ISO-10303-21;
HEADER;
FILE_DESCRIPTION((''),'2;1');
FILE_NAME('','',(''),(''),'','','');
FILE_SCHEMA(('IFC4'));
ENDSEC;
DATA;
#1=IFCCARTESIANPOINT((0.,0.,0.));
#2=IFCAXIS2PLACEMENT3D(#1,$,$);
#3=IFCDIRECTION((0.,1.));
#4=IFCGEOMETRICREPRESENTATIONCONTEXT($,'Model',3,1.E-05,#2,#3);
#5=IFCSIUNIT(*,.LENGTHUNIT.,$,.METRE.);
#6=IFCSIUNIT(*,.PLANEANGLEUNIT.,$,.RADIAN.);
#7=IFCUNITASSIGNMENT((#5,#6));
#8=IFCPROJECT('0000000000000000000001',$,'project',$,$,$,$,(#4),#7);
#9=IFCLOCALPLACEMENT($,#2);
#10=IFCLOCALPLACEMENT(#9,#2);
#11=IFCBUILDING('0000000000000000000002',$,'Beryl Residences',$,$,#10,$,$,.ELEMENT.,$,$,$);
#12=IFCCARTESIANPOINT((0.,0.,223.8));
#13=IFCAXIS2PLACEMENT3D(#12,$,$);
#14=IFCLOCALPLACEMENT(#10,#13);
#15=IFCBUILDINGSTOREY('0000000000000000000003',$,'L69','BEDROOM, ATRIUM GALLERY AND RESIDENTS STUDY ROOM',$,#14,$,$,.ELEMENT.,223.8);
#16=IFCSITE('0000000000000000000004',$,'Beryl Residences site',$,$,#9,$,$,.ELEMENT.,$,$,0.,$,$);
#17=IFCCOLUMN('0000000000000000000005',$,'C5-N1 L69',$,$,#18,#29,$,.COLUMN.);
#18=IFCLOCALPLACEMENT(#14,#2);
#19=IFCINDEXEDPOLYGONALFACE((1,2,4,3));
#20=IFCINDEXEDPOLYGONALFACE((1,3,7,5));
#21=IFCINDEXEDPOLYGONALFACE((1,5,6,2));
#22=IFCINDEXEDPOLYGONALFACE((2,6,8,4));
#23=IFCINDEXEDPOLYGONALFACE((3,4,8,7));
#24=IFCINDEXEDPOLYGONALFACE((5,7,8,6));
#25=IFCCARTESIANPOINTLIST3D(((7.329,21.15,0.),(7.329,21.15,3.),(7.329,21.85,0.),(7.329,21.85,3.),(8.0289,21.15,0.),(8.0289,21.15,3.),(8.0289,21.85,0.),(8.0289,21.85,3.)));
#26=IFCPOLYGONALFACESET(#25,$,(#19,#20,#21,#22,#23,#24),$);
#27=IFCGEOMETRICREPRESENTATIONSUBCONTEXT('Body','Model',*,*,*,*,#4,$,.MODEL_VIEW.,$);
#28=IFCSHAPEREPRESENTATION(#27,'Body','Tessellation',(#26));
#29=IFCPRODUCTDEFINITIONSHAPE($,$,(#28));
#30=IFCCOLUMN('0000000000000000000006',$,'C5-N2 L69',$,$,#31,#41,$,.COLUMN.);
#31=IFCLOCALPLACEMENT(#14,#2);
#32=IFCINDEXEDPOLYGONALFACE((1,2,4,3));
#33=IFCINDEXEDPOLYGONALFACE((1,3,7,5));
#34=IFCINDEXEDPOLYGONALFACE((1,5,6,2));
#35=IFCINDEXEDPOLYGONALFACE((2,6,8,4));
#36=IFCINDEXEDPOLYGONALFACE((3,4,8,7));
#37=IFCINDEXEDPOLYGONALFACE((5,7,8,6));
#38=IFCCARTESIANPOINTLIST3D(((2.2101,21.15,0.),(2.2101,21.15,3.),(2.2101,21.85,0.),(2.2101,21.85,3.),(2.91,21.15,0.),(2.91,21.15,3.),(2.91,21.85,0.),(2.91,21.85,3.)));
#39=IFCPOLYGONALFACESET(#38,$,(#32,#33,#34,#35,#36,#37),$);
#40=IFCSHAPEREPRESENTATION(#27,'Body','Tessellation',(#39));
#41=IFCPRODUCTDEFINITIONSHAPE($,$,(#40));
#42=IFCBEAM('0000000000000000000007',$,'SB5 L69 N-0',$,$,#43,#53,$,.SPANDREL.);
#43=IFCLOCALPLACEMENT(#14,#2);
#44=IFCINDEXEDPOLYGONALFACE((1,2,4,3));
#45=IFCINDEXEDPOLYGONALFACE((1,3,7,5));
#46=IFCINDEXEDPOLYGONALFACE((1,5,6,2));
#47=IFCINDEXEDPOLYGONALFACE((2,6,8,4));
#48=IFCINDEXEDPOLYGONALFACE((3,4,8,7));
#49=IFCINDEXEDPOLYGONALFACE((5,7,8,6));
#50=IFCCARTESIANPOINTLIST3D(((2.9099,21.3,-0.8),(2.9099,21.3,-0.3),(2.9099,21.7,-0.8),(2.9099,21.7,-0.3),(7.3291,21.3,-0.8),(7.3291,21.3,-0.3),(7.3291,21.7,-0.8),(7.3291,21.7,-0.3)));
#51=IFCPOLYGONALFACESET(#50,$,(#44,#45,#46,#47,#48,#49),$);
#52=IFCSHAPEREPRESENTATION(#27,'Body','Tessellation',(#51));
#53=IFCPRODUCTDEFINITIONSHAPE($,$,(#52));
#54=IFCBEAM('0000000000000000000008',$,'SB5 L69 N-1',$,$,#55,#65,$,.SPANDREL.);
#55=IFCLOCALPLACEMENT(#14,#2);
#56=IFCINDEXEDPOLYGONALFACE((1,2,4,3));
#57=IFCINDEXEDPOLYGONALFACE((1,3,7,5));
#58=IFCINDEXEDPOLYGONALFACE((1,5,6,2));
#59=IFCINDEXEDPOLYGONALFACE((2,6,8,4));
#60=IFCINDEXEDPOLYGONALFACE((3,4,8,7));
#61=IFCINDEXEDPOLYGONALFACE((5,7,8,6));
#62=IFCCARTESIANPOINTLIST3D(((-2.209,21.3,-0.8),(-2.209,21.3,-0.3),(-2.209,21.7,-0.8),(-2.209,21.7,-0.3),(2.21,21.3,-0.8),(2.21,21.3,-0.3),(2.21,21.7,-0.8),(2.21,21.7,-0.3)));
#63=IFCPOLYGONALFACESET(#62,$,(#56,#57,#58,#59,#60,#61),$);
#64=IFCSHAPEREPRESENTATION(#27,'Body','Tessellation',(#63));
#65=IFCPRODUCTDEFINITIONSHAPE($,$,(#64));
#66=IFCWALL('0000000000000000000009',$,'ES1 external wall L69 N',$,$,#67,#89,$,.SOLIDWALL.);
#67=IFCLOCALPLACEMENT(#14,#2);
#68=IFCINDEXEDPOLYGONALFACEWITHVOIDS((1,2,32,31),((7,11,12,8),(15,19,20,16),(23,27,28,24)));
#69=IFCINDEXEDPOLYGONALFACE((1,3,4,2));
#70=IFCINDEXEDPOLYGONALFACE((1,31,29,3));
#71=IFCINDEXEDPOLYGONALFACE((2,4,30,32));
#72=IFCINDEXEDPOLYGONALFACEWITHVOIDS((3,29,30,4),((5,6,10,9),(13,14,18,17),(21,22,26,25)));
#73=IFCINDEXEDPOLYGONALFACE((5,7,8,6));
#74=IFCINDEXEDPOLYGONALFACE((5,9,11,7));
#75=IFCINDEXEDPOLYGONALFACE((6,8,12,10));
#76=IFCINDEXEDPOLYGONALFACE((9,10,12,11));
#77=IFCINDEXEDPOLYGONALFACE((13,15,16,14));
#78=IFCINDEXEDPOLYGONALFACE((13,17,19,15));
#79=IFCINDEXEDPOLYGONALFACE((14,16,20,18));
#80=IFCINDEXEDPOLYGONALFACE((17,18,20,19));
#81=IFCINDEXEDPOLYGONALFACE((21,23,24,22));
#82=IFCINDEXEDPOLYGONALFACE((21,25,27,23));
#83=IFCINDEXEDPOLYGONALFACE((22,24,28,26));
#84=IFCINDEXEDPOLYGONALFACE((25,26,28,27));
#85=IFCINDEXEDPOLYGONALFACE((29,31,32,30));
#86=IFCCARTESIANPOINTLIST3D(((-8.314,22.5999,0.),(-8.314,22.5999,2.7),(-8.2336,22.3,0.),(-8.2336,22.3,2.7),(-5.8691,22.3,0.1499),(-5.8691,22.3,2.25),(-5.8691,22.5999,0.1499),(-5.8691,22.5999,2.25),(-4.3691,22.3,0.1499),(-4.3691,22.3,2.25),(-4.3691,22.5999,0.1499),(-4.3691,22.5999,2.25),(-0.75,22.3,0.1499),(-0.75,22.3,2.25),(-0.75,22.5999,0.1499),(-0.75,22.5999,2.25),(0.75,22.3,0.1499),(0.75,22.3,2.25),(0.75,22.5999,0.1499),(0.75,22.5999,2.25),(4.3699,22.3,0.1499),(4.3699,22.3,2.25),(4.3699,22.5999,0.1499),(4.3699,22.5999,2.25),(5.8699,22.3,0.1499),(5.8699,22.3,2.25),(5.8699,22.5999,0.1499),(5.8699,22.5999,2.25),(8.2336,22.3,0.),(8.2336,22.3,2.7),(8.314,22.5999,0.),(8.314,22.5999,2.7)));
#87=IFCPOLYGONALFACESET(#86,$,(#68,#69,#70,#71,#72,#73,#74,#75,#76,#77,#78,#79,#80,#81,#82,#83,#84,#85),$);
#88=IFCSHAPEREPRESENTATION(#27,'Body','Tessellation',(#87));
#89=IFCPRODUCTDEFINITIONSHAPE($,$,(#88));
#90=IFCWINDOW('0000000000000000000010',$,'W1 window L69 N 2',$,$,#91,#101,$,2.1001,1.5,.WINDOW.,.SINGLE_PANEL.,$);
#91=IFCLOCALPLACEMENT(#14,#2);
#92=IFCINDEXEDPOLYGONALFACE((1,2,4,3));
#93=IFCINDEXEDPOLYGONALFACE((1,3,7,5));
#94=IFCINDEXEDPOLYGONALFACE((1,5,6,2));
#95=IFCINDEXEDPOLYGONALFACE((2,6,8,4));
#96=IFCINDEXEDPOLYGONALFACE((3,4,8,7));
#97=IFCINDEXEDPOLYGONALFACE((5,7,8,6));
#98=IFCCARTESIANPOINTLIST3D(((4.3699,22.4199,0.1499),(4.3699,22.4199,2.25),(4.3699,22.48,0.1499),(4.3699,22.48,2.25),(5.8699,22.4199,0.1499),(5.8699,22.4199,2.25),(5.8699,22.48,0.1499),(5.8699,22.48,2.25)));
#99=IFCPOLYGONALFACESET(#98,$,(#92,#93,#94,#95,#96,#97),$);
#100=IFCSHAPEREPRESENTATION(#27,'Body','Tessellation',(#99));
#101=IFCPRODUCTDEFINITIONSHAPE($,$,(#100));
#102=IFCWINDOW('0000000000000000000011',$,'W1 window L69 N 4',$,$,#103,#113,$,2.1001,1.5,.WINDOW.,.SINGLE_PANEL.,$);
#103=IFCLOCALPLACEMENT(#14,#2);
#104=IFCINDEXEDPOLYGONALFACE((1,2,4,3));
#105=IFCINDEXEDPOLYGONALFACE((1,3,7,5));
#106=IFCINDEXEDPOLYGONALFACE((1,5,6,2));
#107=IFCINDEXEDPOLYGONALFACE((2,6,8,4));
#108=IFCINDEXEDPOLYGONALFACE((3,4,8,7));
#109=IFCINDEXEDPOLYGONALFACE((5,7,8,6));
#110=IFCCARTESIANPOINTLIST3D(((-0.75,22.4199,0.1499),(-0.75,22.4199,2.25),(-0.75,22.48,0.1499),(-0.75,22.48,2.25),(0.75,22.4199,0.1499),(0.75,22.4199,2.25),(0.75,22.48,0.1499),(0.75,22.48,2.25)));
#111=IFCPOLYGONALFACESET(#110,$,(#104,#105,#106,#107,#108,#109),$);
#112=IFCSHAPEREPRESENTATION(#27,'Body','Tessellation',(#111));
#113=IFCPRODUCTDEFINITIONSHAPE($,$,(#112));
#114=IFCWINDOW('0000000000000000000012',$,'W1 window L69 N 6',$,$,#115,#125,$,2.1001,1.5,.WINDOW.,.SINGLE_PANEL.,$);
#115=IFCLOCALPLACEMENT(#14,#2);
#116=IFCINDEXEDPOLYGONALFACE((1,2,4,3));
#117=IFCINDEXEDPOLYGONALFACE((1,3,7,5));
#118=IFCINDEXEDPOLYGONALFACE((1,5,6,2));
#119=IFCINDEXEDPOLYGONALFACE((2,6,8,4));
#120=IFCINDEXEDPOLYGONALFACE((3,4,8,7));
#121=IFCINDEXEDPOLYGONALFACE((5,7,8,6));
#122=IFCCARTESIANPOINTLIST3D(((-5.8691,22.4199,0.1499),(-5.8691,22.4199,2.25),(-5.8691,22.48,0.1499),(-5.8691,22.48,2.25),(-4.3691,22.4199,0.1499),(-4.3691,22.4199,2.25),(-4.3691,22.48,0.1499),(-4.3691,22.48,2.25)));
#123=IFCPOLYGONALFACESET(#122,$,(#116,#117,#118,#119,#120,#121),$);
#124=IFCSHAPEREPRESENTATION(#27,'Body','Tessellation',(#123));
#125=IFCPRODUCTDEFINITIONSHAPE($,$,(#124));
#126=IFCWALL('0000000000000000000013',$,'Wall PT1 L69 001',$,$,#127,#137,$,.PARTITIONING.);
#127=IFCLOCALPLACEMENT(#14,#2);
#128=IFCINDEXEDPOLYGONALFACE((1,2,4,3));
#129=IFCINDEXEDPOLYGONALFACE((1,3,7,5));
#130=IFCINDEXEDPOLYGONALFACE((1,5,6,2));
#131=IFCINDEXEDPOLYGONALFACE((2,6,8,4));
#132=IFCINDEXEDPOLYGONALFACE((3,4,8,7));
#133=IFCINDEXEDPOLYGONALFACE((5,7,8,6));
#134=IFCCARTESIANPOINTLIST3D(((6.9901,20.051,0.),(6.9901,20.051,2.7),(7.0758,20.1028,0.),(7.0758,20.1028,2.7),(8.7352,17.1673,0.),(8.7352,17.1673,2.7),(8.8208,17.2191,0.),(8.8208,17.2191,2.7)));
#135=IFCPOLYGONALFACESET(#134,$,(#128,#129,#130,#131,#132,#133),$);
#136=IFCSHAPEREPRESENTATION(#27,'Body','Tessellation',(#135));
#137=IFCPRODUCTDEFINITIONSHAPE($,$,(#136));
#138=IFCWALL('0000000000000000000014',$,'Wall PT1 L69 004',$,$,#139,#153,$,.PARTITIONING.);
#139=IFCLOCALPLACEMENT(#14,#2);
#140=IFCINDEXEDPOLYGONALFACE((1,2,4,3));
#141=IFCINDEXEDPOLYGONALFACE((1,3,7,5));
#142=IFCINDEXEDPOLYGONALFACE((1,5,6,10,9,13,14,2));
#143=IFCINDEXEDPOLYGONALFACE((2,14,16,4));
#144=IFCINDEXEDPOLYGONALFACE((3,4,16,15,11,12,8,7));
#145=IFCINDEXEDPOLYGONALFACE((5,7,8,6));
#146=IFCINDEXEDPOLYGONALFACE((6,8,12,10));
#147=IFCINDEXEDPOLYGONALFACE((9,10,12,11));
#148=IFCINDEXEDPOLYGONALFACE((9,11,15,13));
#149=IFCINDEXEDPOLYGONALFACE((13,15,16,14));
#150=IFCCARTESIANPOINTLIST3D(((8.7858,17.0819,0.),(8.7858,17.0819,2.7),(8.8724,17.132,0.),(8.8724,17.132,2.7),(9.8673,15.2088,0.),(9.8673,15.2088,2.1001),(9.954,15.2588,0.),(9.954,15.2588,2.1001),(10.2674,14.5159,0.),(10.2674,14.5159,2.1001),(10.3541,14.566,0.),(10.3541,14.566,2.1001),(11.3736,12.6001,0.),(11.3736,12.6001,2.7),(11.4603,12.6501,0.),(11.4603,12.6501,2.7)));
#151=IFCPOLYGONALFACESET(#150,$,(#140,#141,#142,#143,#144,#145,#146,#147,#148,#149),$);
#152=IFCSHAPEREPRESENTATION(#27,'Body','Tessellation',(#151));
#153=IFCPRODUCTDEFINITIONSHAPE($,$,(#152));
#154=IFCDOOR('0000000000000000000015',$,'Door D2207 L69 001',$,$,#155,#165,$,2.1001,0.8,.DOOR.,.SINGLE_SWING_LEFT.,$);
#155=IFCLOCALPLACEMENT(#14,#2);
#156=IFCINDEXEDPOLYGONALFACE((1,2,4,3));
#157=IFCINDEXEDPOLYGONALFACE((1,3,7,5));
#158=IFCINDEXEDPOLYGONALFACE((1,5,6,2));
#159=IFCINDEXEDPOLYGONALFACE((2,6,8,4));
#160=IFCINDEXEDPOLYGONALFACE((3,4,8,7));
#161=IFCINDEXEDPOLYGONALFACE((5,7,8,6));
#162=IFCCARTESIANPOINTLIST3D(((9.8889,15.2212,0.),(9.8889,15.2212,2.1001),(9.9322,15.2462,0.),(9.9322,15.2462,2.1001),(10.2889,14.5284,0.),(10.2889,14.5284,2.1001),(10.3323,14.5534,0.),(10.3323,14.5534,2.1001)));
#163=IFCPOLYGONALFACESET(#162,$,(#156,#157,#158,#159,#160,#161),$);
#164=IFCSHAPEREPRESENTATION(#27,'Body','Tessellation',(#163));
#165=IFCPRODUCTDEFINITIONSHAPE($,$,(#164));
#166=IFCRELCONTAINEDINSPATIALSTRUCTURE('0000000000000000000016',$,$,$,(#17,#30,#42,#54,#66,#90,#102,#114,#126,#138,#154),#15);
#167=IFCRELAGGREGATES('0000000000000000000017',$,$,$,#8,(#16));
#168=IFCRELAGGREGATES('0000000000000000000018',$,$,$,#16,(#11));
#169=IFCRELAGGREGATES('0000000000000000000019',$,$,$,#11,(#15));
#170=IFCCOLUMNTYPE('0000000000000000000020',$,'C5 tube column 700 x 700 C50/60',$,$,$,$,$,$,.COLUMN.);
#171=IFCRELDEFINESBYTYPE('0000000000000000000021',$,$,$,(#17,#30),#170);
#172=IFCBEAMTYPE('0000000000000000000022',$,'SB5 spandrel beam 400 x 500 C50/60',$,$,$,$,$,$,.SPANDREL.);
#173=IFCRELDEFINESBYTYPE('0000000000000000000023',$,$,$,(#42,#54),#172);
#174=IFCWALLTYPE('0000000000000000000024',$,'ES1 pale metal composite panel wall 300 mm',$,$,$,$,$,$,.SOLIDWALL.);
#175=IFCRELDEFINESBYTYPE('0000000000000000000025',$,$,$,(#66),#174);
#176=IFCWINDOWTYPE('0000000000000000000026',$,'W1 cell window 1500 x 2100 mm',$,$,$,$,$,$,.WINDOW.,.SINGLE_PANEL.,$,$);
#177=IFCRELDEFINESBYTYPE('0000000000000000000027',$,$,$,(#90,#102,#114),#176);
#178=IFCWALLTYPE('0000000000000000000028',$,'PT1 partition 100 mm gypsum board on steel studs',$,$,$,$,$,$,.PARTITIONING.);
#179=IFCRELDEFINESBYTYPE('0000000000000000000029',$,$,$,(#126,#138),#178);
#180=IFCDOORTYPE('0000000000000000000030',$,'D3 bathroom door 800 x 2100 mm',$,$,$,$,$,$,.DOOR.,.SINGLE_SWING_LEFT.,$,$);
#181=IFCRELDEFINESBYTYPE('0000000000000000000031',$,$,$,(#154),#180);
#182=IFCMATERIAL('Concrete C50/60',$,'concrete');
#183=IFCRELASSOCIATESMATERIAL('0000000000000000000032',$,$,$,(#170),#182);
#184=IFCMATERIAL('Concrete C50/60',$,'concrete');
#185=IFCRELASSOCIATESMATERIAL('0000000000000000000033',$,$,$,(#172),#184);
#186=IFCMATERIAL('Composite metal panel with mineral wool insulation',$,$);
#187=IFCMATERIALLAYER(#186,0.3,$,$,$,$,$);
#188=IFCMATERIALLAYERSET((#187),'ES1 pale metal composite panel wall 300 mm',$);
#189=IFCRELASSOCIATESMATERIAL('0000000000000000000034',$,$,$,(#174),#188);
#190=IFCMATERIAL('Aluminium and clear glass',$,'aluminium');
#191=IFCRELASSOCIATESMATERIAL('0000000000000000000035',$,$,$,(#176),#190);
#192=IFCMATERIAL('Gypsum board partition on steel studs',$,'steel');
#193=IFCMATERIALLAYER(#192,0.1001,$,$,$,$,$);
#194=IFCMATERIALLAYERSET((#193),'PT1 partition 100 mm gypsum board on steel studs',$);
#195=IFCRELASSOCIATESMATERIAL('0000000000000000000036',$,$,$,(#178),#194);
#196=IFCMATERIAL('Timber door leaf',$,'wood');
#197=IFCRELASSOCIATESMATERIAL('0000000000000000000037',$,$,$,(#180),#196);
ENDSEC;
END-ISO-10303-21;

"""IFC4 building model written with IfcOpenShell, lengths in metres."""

from ifc_helpers import new_model, si_unit, direction, frame, frame_2d, origin, origin_2d, place, context, subcontext, project, spatial, polyline, rectangle, outline, extrude, material, layer, layer_set, material_profile, profile_set, type_object, element, fill, save


model = new_model("IFC4")

# Units and contexts
model_context = context("Model", 3, precision=1e-05, world=origin(), true_north=direction((0.0, 1.0)))
body_context = subcontext(model_context, "Body", "Model", "MODEL_VIEW")
ifc_project = project(units=[si_unit("LENGTHUNIT", "METRE"), si_unit("PLANEANGLEUNIT", "RADIAN")], contexts=[model_context])

# Site, building, storey
site_placement = place(None, origin())
site = spatial("IfcSite", under=ifc_project, at=site_placement, Name="Beryl Residences site", CompositionType="ELEMENT", RefElevation=0.0)
building_placement = place(site_placement, origin())
building = spatial("IfcBuilding", under=site, at=building_placement, Name="Beryl Residences", CompositionType="ELEMENT")
storey_placement = place(building_placement, frame((0.0, 0.0, 223.8)))
storey = spatial("IfcBuildingStorey", under=building, at=storey_placement, Name="L69", Description="BEDROOM, ATRIUM GALLERY AND RESIDENTS STUDY ROOM", CompositionType="ELEMENT", Elevation=223.8)

# Columns
ifc_material_1 = material(Name="Concrete C50/60", Category="concrete")
ifc_material_profile_1 = material_profile(ifc_material_1, rectangle(XDim=0.7, YDim=0.7, at=origin_2d()))
ifc_profile_set_1 = profile_set([ifc_material_profile_1], Name="Concrete C50/60")
column_type = type_object("IfcColumnType", Name="C5 tube column 700 x 700 C50/60", PredefinedType="COLUMN", material=ifc_profile_set_1)
for number, where, z_axis, x_axis, name in (
    (1, (7.679, 21.5, 0.0), (0.0, 0.0, 1.0), (-1.0, 0.0, 0.0), "C5-N1 L69"),
    (2, (2.5601, 21.5, 0.0), (0.0, 0.0, 1.0), (-1.0, 0.0, 0.0), "C5-N2 L69"),
):
    element("IfcColumn", number, at=place(storey_placement, frame(where, z_axis=z_axis, x_axis=x_axis)), inside=storey, type_object=column_type, Name=name, PredefinedType="COLUMN", context=body_context, shape_type="SweptSolid", body=[
        extrude(rectangle(XDim=0.7, YDim=0.7, at=origin_2d()), origin(), (0.0, 0.0, 1.0), 3.0),
    ])

# Beams
ifc_material_2 = material(Name="Concrete C50/60", Category="concrete")
ifc_material_profile_2 = material_profile(ifc_material_2, rectangle(XDim=0.3999, YDim=0.5, at=origin_2d()))
ifc_profile_set_2 = profile_set([ifc_material_profile_2], Name="Concrete C50/60")
beam_type = type_object("IfcBeamType", Name="SB5 spandrel beam 400 x 500 C50/60", PredefinedType="SPANDREL", material=ifc_profile_set_2)
beam_1_placement = place(storey_placement, frame((7.3291, 21.5, -0.55), z_axis=(-1.0, 0.0, 0.0), x_axis=(0.0, -1.0, 0.0)))
element("IfcBeam", 3, at=beam_1_placement, inside=storey, type_object=beam_type, Name="SB5 L69 N-0", PredefinedType="SPANDREL", context=body_context, shape_type="SweptSolid", body=[
    extrude(rectangle(XDim=0.3999, YDim=0.5, at=origin_2d()), origin(), (0.0, 0.0, 1.0), 4.4192),
])
beam_2_placement = place(storey_placement, frame((2.21, 21.5, -0.55), z_axis=(-1.0, 0.0, 0.0), x_axis=(0.0, -1.0, 0.0)))
element("IfcBeam", 4, at=beam_2_placement, inside=storey, type_object=beam_type, Name="SB5 L69 N-1", PredefinedType="SPANDREL", context=body_context, shape_type="SweptSolid", body=[
    extrude(rectangle(XDim=0.3999, YDim=0.5, at=origin_2d()), origin(), (0.0, 0.0, 1.0), 4.4189),
])

# Wall, openings, windows
ifc_material_3 = material(Name="Composite metal panel with mineral wool insulation")
ifc_layer_1 = layer(ifc_material_3, 0.3)
ifc_layer_set_1 = layer_set([ifc_layer_1], Name="ES1 pale metal composite panel wall 300 mm")
wall_type_1 = type_object("IfcWallType", Name="ES1 pale metal composite panel wall 300 mm", PredefinedType="SOLIDWALL", material=ifc_layer_set_1)
wall_1_placement = place(storey_placement, frame((8.314, 22.45, 0.0), z_axis=(0.0, 0.0, 1.0), x_axis=(-1.0, 0.0, 0.0)))
wall_1 = element("IfcWall", 5, at=wall_1_placement, inside=storey, type_object=wall_type_1, Name="ES1 external wall L69 N", PredefinedType="SOLIDWALL", context=body_context, shape_type="SweptSolid", body=[
    extrude(outline(polyline([(0.0, -0.1499), (16.6279, -0.1499), (16.5476, 0.1499), (0.0803, 0.1499), (0.0, -0.1499)])), origin(), (0.0, 0.0, 1.0), 2.7),
])
opening_1_placement = place(wall_1_placement, frame((2.4441, 0.0, 0.1499)))
opening_1 = element("IfcOpeningElement", 6, at=opening_1_placement, cuts=wall_1, PredefinedType="OPENING", context=body_context, shape_type="SweptSolid", body=[
    extrude(rectangle(XDim=1.5, YDim=2.1001, at=frame_2d((0.75, 1.05))), frame((0.0, 0.1599, 0.0), z_axis=(0.0, -1.0, 0.0), x_axis=(1.0, 0.0, 0.0)), (0.0, 0.0, 1.0), 0.3201),
])
opening_2_placement = place(wall_1_placement, frame((7.564, 0.0, 0.1499)))
opening_2 = element("IfcOpeningElement", 7, at=opening_2_placement, cuts=wall_1, PredefinedType="OPENING", context=body_context, shape_type="SweptSolid", body=[
    extrude(rectangle(XDim=1.5, YDim=2.1001, at=frame_2d((0.75, 1.05))), frame((0.0, 0.1599, 0.0), z_axis=(0.0, -1.0, 0.0), x_axis=(1.0, 0.0, 0.0)), (0.0, 0.0, 1.0), 0.3201),
])
opening_3_placement = place(wall_1_placement, frame((12.6831, 0.0, 0.1499)))
opening_3 = element("IfcOpeningElement", 8, at=opening_3_placement, cuts=wall_1, PredefinedType="OPENING", context=body_context, shape_type="SweptSolid", body=[
    extrude(rectangle(XDim=1.5, YDim=2.1001, at=frame_2d((0.75, 1.05))), frame((0.0, 0.1599, 0.0), z_axis=(0.0, -1.0, 0.0), x_axis=(1.0, 0.0, 0.0)), (0.0, 0.0, 1.0), 0.3201),
])
ifc_material_4 = material(Name="Aluminium and clear glass", Category="aluminium")
window_type = type_object("IfcWindowType", Name="W1 cell window 1500 x 2100 mm", PartitioningType="SINGLE_PANEL", PredefinedType="WINDOW", material=ifc_material_4)
window_1_placement = place(opening_1_placement, origin())
window_1 = element("IfcWindow", 9, at=window_1_placement, inside=storey, type_object=window_type, Name="W1 window L69 N 2", OverallHeight=2.1001, OverallWidth=1.5, PartitioningType="SINGLE_PANEL", PredefinedType="WINDOW", context=body_context, shape_type="SweptSolid", body=[
    extrude(rectangle(XDim=1.5, YDim=2.1001, at=frame_2d((0.75, 1.05))), frame((0.0, 0.03, 0.0), z_axis=(0.0, -1.0, 0.0), x_axis=(1.0, 0.0, 0.0)), (0.0, 0.0, 1.0), 0.0601),
])
fill(opening_1, window_1)
window_2_placement = place(opening_2_placement, origin())
window_2 = element("IfcWindow", 10, at=window_2_placement, inside=storey, type_object=window_type, Name="W1 window L69 N 4", OverallHeight=2.1001, OverallWidth=1.5, PartitioningType="SINGLE_PANEL", PredefinedType="WINDOW", context=body_context, shape_type="SweptSolid", body=[
    extrude(rectangle(XDim=1.5, YDim=2.1001, at=frame_2d((0.75, 1.05))), frame((0.0, 0.03, 0.0), z_axis=(0.0, -1.0, 0.0), x_axis=(1.0, 0.0, 0.0)), (0.0, 0.0, 1.0), 0.0601),
])
fill(opening_2, window_2)
window_3_placement = place(opening_3_placement, origin())
window_3 = element("IfcWindow", 11, at=window_3_placement, inside=storey, type_object=window_type, Name="W1 window L69 N 6", OverallHeight=2.1001, OverallWidth=1.5, PartitioningType="SINGLE_PANEL", PredefinedType="WINDOW", context=body_context, shape_type="SweptSolid", body=[
    extrude(rectangle(XDim=1.5, YDim=2.1001, at=frame_2d((0.75, 1.05))), frame((0.0, 0.03, 0.0), z_axis=(0.0, -1.0, 0.0), x_axis=(1.0, 0.0, 0.0)), (0.0, 0.0, 1.0), 0.0601),
])
fill(opening_3, window_3)

# Wall
ifc_material_5 = material(Name="Gypsum board partition on steel studs", Category="steel")
ifc_layer_2 = layer(ifc_material_5, 0.1001)
ifc_layer_set_2 = layer_set([ifc_layer_2], Name="PT1 partition 100 mm gypsum board on steel studs")
wall_type_2 = type_object("IfcWallType", Name="PT1 partition 100 mm gypsum board on steel studs", PredefinedType="PARTITIONING", material=ifc_layer_set_2)
wall_2_placement = place(storey_placement, frame((7.033, 20.0769, 0.0), z_axis=(0.0, 0.0, 1.0), x_axis=(0.51773, -0.855544, 0.0)))
element("IfcWall", 12, at=wall_2_placement, inside=storey, type_object=wall_type_2, Name="Wall PT1 L69 001", PredefinedType="PARTITIONING", context=body_context, shape_type="SweptSolid", body=[
    extrude(rectangle(XDim=3.3706, YDim=0.1001, at=frame_2d((1.6853, 0.0))), origin(), (0.0, 0.0, 1.0), 2.7),
])

# Wall, opening, door
wall_3_placement = place(storey_placement, frame((8.8291, 17.1069, 0.0), z_axis=(0.0, 0.0, 1.0), x_axis=(0.500036, -0.866005, 0.0)))
wall_3 = element("IfcWall", 13, at=wall_3_placement, inside=storey, type_object=wall_type_2, Name="Wall PT1 L69 004", PredefinedType="PARTITIONING", context=body_context, shape_type="SweptSolid", body=[
    extrude(rectangle(XDim=5.1753, YDim=0.1001, at=frame_2d((2.5876, 0.0))), origin(), (0.0, 0.0, 1.0), 2.7),
])
opening_4_placement = place(wall_3_placement, frame((2.1631, 0.0, 0.0)))
opening_4 = element("IfcOpeningElement", 14, at=opening_4_placement, cuts=wall_3, PredefinedType="OPENING", context=body_context, shape_type="SweptSolid", body=[
    extrude(rectangle(XDim=0.8, YDim=2.1001, at=frame_2d((0.3999, 1.05))), frame((0.0, 0.0601, 0.0), z_axis=(0.0, -1.0, 0.0), x_axis=(1.0, 0.0, 0.0)), (0.0, 0.0, 1.0), 0.1201),
])
ifc_material_6 = material(Name="Timber door leaf", Category="wood")
door_type_1 = type_object("IfcDoorType", Name="D3 bathroom door 800 x 2100 mm", OperationType="SINGLE_SWING_LEFT", PredefinedType="DOOR", material=ifc_material_6)
door_1_placement = place(opening_4_placement, origin())
door_1 = element("IfcDoor", 15, at=door_1_placement, inside=storey, type_object=door_type_1, Name="Door D2207 L69 001", OperationType="SINGLE_SWING_LEFT", OverallHeight=2.1001, OverallWidth=0.8, PredefinedType="DOOR", context=body_context, shape_type="SweptSolid", body=[
    extrude(rectangle(XDim=0.8, YDim=2.1001, at=frame_2d((0.3999, 1.05))), frame((0.0, 0.0249, 0.0), z_axis=(0.0, -1.0, 0.0), x_axis=(1.0, 0.0, 0.0)), (0.0, 0.0, 1.0), 0.05),
])
fill(opening_4, door_1)

save(model, "model.ifc")
